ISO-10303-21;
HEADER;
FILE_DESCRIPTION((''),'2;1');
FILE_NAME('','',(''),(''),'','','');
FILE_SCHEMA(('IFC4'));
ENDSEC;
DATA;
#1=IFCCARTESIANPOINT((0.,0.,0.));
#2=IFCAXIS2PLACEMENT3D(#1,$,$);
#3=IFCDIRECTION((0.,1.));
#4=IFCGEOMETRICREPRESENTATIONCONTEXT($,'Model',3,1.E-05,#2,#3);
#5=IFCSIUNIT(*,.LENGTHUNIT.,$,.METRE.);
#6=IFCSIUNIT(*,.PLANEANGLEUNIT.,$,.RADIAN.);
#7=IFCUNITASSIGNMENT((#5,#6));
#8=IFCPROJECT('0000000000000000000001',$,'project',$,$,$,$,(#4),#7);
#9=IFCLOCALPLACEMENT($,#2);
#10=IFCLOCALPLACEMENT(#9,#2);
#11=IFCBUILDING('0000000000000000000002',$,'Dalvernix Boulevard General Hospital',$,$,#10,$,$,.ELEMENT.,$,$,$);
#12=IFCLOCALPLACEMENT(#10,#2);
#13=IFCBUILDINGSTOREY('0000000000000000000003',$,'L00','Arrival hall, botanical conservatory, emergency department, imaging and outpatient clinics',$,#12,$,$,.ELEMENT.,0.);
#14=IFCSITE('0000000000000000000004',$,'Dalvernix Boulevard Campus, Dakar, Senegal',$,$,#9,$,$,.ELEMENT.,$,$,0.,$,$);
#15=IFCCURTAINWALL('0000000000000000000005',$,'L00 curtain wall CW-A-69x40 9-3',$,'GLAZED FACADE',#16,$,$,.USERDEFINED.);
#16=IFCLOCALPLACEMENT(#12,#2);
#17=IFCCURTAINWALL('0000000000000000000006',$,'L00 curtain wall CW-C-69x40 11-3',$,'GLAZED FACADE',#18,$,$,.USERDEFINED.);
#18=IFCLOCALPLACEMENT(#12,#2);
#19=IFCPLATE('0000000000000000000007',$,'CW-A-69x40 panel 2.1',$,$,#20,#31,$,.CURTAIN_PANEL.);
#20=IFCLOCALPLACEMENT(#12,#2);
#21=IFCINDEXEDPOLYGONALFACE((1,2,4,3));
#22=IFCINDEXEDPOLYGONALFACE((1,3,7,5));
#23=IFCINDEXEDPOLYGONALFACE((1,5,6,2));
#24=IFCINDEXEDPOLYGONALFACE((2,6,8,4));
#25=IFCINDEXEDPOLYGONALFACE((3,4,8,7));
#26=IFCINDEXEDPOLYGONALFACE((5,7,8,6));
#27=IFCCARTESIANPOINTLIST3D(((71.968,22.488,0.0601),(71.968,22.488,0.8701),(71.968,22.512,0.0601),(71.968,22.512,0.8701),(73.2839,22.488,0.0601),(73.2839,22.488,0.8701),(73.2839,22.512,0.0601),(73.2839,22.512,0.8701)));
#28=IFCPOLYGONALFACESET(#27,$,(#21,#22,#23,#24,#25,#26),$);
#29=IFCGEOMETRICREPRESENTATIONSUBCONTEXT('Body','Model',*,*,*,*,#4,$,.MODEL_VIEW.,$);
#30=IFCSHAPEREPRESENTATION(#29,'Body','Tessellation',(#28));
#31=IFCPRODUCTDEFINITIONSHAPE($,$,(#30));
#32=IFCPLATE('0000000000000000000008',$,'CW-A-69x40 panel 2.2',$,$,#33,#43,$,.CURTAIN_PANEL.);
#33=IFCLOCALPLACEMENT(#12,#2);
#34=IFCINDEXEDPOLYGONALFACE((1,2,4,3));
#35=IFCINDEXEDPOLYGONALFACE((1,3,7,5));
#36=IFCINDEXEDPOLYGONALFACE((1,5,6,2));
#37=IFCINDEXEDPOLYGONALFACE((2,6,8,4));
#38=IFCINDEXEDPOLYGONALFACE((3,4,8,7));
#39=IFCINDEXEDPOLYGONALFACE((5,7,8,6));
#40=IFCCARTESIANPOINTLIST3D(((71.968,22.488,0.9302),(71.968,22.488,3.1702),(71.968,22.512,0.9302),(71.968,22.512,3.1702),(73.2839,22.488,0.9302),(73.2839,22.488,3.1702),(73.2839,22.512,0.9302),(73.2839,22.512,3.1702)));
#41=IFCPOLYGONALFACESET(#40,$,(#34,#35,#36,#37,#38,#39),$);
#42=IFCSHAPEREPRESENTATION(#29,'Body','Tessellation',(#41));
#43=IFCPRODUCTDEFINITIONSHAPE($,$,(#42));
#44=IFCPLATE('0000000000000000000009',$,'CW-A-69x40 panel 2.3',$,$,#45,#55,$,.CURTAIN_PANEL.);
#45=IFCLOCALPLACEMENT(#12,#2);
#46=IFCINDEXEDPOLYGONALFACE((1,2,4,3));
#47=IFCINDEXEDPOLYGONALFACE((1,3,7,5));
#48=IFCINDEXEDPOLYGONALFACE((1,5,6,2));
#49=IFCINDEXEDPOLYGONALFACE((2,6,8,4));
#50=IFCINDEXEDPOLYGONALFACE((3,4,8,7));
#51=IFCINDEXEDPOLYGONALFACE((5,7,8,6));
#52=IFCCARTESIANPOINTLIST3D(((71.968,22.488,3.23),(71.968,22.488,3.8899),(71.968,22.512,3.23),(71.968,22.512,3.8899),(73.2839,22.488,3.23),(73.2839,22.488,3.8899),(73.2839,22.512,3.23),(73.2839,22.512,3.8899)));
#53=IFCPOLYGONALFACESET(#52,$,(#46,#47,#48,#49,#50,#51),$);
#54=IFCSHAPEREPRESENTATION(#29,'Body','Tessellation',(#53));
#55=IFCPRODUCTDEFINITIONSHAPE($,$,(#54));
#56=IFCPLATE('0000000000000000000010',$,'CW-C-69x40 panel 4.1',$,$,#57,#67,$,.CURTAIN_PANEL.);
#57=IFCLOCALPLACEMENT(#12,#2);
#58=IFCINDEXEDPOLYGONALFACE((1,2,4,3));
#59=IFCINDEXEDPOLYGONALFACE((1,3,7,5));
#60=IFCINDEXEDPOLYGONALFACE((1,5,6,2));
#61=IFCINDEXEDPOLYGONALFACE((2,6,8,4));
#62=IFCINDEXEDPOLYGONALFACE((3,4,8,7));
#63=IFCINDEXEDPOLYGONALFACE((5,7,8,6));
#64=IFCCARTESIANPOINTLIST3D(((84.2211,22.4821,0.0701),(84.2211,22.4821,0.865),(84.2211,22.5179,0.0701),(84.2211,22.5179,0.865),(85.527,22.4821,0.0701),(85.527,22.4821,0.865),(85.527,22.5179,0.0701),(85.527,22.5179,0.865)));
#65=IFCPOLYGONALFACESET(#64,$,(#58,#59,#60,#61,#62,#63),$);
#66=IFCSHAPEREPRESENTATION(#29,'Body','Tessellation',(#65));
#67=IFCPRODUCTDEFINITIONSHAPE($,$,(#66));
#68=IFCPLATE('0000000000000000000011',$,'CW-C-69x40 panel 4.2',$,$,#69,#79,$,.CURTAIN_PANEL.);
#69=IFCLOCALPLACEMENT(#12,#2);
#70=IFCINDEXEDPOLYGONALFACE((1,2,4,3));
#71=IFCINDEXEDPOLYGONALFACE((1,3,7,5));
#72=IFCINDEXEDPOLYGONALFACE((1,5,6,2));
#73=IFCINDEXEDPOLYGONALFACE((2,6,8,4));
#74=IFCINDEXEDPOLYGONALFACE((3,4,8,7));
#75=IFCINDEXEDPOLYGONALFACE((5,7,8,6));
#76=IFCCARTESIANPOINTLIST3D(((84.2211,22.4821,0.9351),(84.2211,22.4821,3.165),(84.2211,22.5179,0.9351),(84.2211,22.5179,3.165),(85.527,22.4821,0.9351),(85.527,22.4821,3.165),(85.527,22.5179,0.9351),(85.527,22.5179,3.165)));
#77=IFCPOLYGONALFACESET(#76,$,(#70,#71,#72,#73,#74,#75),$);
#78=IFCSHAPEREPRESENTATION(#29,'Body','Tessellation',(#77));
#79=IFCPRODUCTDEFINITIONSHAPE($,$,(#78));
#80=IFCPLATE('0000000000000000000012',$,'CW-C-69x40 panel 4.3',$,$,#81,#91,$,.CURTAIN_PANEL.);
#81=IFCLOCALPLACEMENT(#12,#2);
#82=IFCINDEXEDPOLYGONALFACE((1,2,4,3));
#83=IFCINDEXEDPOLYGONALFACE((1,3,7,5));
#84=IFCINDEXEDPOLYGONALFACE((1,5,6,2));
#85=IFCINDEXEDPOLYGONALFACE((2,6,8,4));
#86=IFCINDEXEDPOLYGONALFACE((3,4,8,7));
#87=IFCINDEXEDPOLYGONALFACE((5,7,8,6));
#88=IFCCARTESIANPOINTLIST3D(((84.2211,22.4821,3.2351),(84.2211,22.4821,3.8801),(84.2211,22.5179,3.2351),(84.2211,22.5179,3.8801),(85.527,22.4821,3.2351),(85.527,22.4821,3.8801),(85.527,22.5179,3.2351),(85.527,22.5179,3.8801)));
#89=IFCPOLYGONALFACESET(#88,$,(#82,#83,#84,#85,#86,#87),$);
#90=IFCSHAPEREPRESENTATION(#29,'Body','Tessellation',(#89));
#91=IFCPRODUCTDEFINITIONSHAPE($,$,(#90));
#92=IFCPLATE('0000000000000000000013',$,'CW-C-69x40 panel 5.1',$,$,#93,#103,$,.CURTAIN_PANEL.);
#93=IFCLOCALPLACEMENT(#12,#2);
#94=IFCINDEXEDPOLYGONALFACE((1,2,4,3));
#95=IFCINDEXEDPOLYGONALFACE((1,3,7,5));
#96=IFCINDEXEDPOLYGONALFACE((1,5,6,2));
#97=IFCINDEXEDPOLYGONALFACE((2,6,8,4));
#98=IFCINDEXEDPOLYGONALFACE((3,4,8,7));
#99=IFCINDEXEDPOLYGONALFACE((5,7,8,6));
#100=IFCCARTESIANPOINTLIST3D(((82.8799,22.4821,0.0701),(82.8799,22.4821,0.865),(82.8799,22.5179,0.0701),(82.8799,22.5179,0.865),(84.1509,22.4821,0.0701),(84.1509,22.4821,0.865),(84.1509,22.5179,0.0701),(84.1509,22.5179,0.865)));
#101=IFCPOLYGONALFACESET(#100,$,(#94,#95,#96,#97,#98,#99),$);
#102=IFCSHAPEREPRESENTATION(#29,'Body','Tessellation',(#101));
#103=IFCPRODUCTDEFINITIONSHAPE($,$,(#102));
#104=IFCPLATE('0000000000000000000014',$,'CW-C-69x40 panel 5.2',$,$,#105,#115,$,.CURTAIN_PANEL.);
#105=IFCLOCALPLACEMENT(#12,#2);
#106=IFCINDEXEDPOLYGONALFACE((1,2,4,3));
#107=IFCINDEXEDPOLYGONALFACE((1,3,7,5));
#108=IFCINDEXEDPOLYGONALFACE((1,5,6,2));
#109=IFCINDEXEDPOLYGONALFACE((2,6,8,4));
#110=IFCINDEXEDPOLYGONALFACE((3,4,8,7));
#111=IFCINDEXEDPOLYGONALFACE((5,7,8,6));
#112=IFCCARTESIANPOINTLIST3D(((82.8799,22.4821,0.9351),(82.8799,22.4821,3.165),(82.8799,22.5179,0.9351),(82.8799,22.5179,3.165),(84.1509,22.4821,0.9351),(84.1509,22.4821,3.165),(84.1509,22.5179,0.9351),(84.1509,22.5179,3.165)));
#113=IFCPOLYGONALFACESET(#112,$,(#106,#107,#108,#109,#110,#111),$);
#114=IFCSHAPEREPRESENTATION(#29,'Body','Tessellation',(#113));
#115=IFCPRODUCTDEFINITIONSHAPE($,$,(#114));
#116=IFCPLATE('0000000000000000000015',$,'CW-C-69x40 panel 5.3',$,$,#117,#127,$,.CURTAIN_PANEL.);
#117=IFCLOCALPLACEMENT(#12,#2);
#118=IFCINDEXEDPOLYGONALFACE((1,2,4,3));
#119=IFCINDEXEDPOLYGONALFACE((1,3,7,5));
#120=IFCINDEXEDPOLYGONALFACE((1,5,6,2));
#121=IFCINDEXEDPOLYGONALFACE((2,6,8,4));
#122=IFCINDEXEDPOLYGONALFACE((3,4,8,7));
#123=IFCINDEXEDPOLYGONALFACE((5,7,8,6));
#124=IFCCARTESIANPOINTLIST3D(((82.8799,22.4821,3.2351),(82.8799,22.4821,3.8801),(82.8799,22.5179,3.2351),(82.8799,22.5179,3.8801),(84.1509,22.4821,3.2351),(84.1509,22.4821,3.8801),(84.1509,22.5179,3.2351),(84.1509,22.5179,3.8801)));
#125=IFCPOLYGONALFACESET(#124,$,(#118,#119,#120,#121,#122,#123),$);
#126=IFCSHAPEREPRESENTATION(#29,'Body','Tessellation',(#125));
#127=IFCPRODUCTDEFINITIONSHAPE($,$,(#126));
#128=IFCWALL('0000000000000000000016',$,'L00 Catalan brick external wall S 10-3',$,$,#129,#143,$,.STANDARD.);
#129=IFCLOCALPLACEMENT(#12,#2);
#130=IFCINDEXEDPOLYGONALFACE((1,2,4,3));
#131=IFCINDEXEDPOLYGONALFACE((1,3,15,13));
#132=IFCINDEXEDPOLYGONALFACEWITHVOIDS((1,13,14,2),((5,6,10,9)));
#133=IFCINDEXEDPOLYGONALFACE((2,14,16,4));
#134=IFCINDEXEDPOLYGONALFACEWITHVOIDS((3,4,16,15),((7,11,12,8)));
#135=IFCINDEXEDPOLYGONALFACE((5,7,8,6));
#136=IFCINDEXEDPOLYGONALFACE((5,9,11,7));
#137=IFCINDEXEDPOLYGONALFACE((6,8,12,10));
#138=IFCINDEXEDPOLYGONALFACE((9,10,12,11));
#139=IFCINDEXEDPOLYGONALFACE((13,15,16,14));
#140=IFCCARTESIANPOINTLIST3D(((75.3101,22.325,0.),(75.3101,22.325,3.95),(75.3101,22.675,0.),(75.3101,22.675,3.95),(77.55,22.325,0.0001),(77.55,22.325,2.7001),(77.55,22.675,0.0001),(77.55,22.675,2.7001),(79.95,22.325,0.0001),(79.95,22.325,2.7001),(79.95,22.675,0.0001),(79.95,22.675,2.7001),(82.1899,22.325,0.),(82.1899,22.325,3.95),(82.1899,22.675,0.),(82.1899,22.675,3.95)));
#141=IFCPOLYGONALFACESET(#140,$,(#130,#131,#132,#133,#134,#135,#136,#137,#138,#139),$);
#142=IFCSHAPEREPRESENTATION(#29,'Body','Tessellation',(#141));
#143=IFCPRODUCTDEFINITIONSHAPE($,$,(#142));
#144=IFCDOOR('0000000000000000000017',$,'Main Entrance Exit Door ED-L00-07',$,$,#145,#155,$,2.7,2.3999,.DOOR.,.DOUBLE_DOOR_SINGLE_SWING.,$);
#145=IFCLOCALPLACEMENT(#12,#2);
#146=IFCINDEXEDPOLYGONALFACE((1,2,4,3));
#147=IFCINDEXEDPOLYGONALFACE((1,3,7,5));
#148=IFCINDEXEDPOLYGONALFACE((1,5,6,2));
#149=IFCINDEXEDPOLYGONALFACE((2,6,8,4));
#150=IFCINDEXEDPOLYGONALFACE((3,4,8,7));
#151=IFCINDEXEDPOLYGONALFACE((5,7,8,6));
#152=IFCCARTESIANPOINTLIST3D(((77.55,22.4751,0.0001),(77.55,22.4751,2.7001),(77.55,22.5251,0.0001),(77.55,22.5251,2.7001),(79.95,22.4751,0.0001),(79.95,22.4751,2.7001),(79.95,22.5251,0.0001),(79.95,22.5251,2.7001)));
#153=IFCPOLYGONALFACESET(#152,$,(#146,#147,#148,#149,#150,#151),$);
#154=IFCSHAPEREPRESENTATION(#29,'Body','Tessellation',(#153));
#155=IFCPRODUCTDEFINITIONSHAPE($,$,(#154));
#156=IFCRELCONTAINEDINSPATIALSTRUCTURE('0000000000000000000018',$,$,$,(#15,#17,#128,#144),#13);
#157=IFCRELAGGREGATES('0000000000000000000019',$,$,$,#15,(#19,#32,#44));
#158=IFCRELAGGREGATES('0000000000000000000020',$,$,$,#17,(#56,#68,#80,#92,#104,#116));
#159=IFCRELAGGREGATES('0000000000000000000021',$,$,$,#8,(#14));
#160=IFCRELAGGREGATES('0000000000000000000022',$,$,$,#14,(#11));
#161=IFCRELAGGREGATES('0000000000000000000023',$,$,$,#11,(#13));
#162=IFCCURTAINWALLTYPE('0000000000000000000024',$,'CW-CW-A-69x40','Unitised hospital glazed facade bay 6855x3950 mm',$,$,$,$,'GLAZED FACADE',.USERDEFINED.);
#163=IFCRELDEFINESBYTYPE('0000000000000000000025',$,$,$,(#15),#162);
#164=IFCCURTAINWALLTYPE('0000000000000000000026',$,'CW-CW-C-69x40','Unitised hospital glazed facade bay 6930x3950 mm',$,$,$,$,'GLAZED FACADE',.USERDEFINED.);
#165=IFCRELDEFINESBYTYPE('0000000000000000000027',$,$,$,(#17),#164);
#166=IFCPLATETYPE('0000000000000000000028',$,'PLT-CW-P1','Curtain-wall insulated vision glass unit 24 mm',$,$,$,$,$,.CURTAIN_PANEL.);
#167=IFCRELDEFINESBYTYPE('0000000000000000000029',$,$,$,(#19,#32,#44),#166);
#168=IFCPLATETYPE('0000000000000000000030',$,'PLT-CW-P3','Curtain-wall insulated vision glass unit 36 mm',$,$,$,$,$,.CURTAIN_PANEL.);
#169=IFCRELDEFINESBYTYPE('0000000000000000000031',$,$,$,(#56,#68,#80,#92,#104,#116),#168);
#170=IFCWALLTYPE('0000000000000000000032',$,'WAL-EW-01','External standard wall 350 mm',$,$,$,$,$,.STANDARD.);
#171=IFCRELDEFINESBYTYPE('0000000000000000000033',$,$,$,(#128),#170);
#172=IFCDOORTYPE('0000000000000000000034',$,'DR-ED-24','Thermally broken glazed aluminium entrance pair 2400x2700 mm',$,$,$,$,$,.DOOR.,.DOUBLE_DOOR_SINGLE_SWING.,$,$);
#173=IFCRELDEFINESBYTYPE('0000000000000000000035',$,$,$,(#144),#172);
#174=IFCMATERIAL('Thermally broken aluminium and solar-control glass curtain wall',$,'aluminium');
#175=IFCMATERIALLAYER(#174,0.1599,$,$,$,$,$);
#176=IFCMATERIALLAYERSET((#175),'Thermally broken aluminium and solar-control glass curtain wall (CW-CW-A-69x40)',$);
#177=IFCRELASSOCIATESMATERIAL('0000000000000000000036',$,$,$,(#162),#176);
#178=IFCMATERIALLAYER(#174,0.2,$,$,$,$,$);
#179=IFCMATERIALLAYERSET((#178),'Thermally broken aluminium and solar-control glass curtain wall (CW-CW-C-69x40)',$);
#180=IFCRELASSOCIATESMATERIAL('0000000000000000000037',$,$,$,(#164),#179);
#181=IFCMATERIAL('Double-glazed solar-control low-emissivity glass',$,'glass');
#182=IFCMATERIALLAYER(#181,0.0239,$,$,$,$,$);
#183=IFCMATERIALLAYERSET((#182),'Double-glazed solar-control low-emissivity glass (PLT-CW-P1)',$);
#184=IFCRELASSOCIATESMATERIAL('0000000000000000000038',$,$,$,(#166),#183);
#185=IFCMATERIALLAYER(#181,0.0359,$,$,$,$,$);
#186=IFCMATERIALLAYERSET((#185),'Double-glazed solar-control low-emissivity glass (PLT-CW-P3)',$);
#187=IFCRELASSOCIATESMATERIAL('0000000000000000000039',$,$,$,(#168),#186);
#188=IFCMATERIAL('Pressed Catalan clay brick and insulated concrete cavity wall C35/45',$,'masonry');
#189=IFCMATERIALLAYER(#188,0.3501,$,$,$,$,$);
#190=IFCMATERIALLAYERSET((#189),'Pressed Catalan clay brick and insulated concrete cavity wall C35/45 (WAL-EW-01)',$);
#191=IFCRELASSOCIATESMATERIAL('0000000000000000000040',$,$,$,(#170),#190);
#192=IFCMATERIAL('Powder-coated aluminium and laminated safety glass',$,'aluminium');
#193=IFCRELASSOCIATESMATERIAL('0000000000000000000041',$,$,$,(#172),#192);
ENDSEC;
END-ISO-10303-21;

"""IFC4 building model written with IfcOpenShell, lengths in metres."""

from ifc_helpers import new_model, si_unit, direction, frame, frame_2d, origin, origin_2d, place, context, subcontext, project, spatial, rectangle, extrude, material, layer, layer_set, type_object, element, fill, aggregate, save


model = new_model("IFC4")

# Units and contexts
model_context = context("Model", 3, precision=1e-05, world=origin(), true_north=direction((0.0, 1.0)))
body_context = subcontext(model_context, "Body", "Model", "MODEL_VIEW")
ifc_project = project(units=[si_unit("LENGTHUNIT", "METRE"), si_unit("PLANEANGLEUNIT", "RADIAN")], contexts=[model_context])

# Site, building, storey
site_placement = place(None, origin())
site = spatial("IfcSite", under=ifc_project, at=site_placement, Name="Dalvernix Boulevard Campus, Dakar, Senegal", CompositionType="ELEMENT", RefElevation=0.0)
building_placement = place(site_placement, origin())
building = spatial("IfcBuilding", under=site, at=building_placement, Name="Dalvernix Boulevard General Hospital", CompositionType="ELEMENT")
storey_placement = place(building_placement, origin())
storey = spatial("IfcBuildingStorey", under=building, at=storey_placement, Name="L00", Description="Arrival hall, botanical conservatory, emergency department, imaging and outpatient clinics", CompositionType="ELEMENT", Elevation=0.0)

# Curtain walls
ifc_material_1 = material(Name="Thermally broken aluminium and solar-control glass curtain wall", Category="aluminium")
ifc_layer_1 = layer(ifc_material_1, 0.1599)
ifc_layer_set_1 = layer_set([ifc_layer_1], Name="Thermally broken aluminium and solar-control glass curtain wall (CW-CW-A-69x40)")
curtain_wall_type_1 = type_object("IfcCurtainWallType", Name="CW-CW-A-69x40", Description="Unitised hospital glazed facade bay 6855x3950 mm", ElementType="GLAZED FACADE", PredefinedType="USERDEFINED", material=ifc_layer_set_1)
curtain_wall_1_placement = place(storey_placement, origin())
curtain_wall_1 = element("IfcCurtainWall", 1, at=curtain_wall_1_placement, inside=storey, type_object=curtain_wall_type_1, Name="L00 curtain wall CW-A-69x40 9-3", ObjectType="GLAZED FACADE", PredefinedType="USERDEFINED")
ifc_layer_2 = layer(ifc_material_1, 0.2)
ifc_layer_set_2 = layer_set([ifc_layer_2], Name="Thermally broken aluminium and solar-control glass curtain wall (CW-CW-C-69x40)")
curtain_wall_type_2 = type_object("IfcCurtainWallType", Name="CW-CW-C-69x40", Description="Unitised hospital glazed facade bay 6930x3950 mm", ElementType="GLAZED FACADE", PredefinedType="USERDEFINED", material=ifc_layer_set_2)
curtain_wall_2_placement = place(storey_placement, origin())
curtain_wall_2 = element("IfcCurtainWall", 2, at=curtain_wall_2_placement, inside=storey, type_object=curtain_wall_type_2, Name="L00 curtain wall CW-C-69x40 11-3", ObjectType="GLAZED FACADE", PredefinedType="USERDEFINED")

# Plates
ifc_material_2 = material(Name="Double-glazed solar-control low-emissivity glass", Category="glass")
ifc_layer_3 = layer(ifc_material_2, 0.0239)
ifc_layer_set_3 = layer_set([ifc_layer_3], Name="Double-glazed solar-control low-emissivity glass (PLT-CW-P1)")
plate_type_1 = type_object("IfcPlateType", Name="PLT-CW-P1", Description="Curtain-wall insulated vision glass unit 24 mm", PredefinedType="CURTAIN_PANEL", material=ifc_layer_set_3)
plate_1_placement = place(storey_placement, frame((72.626, 22.5, 0.0601), z_axis=(0.0, 0.0, 1.0), x_axis=(-1.0, 0.0, 0.0)))
plate_1 = element("IfcPlate", 3, at=plate_1_placement, type_object=plate_type_1, Name="CW-A-69x40 panel 2.1", PredefinedType="CURTAIN_PANEL", context=body_context, shape_type="SweptSolid", body=[
    extrude(rectangle(XDim=1.3159, YDim=0.0239, at=origin_2d()), origin(), (0.0, 0.0, 1.0), 0.8101),
])
plate_2_placement = place(storey_placement, frame((72.626, 22.5, 0.9302), z_axis=(0.0, 0.0, 1.0), x_axis=(-1.0, 0.0, 0.0)))
plate_2 = element("IfcPlate", 4, at=plate_2_placement, type_object=plate_type_1, Name="CW-A-69x40 panel 2.2", PredefinedType="CURTAIN_PANEL", context=body_context, shape_type="SweptSolid", body=[
    extrude(rectangle(XDim=1.3159, YDim=0.0239, at=origin_2d()), origin(), (0.0, 0.0, 1.0), 2.24),
])
plate_3_placement = place(storey_placement, frame((72.626, 22.5, 3.23), z_axis=(0.0, 0.0, 1.0), x_axis=(-1.0, 0.0, 0.0)))
plate_3 = element("IfcPlate", 5, at=plate_3_placement, type_object=plate_type_1, Name="CW-A-69x40 panel 2.3", PredefinedType="CURTAIN_PANEL", context=body_context, shape_type="SweptSolid", body=[
    extrude(rectangle(XDim=1.3159, YDim=0.0239, at=origin_2d()), origin(), (0.0, 0.0, 1.0), 0.6599),
])
aggregate(curtain_wall_1, [plate_1, plate_2, plate_3])
ifc_layer_4 = layer(ifc_material_2, 0.0359)
ifc_layer_set_4 = layer_set([ifc_layer_4], Name="Double-glazed solar-control low-emissivity glass (PLT-CW-P3)")
plate_type_2 = type_object("IfcPlateType", Name="PLT-CW-P3", Description="Curtain-wall insulated vision glass unit 36 mm", PredefinedType="CURTAIN_PANEL", material=ifc_layer_set_4)
plate_4_placement = place(storey_placement, frame((84.874, 22.5, 0.0701), z_axis=(0.0, 0.0, 1.0), x_axis=(-1.0, 0.0, 0.0)))
plate_4 = element("IfcPlate", 6, at=plate_4_placement, type_object=plate_type_2, Name="CW-C-69x40 panel 4.1", PredefinedType="CURTAIN_PANEL", context=body_context, shape_type="SweptSolid", body=[
    extrude(rectangle(XDim=1.3059, YDim=0.0359, at=origin_2d()), origin(), (0.0, 0.0, 1.0), 0.7949),
])
plate_5_placement = place(storey_placement, frame((84.874, 22.5, 0.9351), z_axis=(0.0, 0.0, 1.0), x_axis=(-1.0, 0.0, 0.0)))
plate_5 = element("IfcPlate", 7, at=plate_5_placement, type_object=plate_type_2, Name="CW-C-69x40 panel 4.2", PredefinedType="CURTAIN_PANEL", context=body_context, shape_type="SweptSolid", body=[
    extrude(rectangle(XDim=1.3059, YDim=0.0359, at=origin_2d()), origin(), (0.0, 0.0, 1.0), 2.23),
])
plate_6_placement = place(storey_placement, frame((84.874, 22.5, 3.2351), z_axis=(0.0, 0.0, 1.0), x_axis=(-1.0, 0.0, 0.0)))
plate_6 = element("IfcPlate", 8, at=plate_6_placement, type_object=plate_type_2, Name="CW-C-69x40 panel 4.3", PredefinedType="CURTAIN_PANEL", context=body_context, shape_type="SweptSolid", body=[
    extrude(rectangle(XDim=1.3059, YDim=0.0359, at=origin_2d()), origin(), (0.0, 0.0, 1.0), 0.645),
])
plate_7_placement = place(storey_placement, frame((83.5154, 22.5, 0.0701), z_axis=(0.0, 0.0, 1.0), x_axis=(-1.0, 0.0, 0.0)))
plate_7 = element("IfcPlate", 9, at=plate_7_placement, type_object=plate_type_2, Name="CW-C-69x40 panel 5.1", PredefinedType="CURTAIN_PANEL", context=body_context, shape_type="SweptSolid", body=[
    extrude(rectangle(XDim=1.271, YDim=0.0359, at=origin_2d()), origin(), (0.0, 0.0, 1.0), 0.7949),
])
plate_8_placement = place(storey_placement, frame((83.5154, 22.5, 0.9351), z_axis=(0.0, 0.0, 1.0), x_axis=(-1.0, 0.0, 0.0)))
plate_8 = element("IfcPlate", 10, at=plate_8_placement, type_object=plate_type_2, Name="CW-C-69x40 panel 5.2", PredefinedType="CURTAIN_PANEL", context=body_context, shape_type="SweptSolid", body=[
    extrude(rectangle(XDim=1.271, YDim=0.0359, at=origin_2d()), origin(), (0.0, 0.0, 1.0), 2.23),
])
plate_9_placement = place(storey_placement, frame((83.5154, 22.5, 3.2351), z_axis=(0.0, 0.0, 1.0), x_axis=(-1.0, 0.0, 0.0)))
plate_9 = element("IfcPlate", 11, at=plate_9_placement, type_object=plate_type_2, Name="CW-C-69x40 panel 5.3", PredefinedType="CURTAIN_PANEL", context=body_context, shape_type="SweptSolid", body=[
    extrude(rectangle(XDim=1.271, YDim=0.0359, at=origin_2d()), origin(), (0.0, 0.0, 1.0), 0.645),
])
aggregate(curtain_wall_2, [plate_4, plate_5, plate_6, plate_7, plate_8, plate_9])

# Wall, opening, door
ifc_material_3 = material(Name="Pressed Catalan clay brick and insulated concrete cavity wall C35/45", Category="masonry")
ifc_layer_5 = layer(ifc_material_3, 0.3501)
ifc_layer_set_5 = layer_set([ifc_layer_5], Name="Pressed Catalan clay brick and insulated concrete cavity wall C35/45 (WAL-EW-01)")
wall_type = type_object("IfcWallType", Name="WAL-EW-01", Description="External standard wall 350 mm", PredefinedType="STANDARD", material=ifc_layer_set_5)
wall_placement = place(storey_placement, frame((82.1899, 22.5, 0.0), z_axis=(0.0, 0.0, 1.0), x_axis=(-1.0, 0.0, 0.0)))
wall = element("IfcWall", 12, at=wall_placement, inside=storey, type_object=wall_type, Name="L00 Catalan brick external wall S 10-3", PredefinedType="STANDARD", context=body_context, shape_type="SweptSolid", body=[
    extrude(rectangle(XDim=6.8799, YDim=0.3501, at=frame_2d((3.4399, 0.0))), origin(), (0.0, 0.0, 1.0), 3.95),
])
opening_placement = place(wall_placement, frame((2.24, 0.0, 0.0)))
opening = element("IfcOpeningElement", 13, at=opening_placement, cuts=wall, PredefinedType="OPENING", context=body_context, shape_type="SweptSolid", body=[
    extrude(rectangle(XDim=2.3999, YDim=2.7, at=frame_2d((1.2, 1.3501))), frame((0.0, 0.1851, 0.0), z_axis=(0.0, -1.0, 0.0), x_axis=(1.0, 0.0, 0.0)), (0.0, 0.0, 1.0), 0.3701),
])
ifc_material_4 = material(Name="Powder-coated aluminium and laminated safety glass", Category="aluminium")
door_type = type_object("IfcDoorType", Name="DR-ED-24", Description="Thermally broken glazed aluminium entrance pair 2400x2700 mm", OperationType="DOUBLE_DOOR_SINGLE_SWING", PredefinedType="DOOR", material=ifc_material_4)
door_placement = place(opening_placement, origin())
door = element("IfcDoor", 14, at=door_placement, inside=storey, type_object=door_type, Name="Main Entrance Exit Door ED-L00-07", OperationType="DOUBLE_DOOR_SINGLE_SWING", OverallHeight=2.7, OverallWidth=2.3999, PredefinedType="DOOR", context=body_context, shape_type="SweptSolid", body=[
    extrude(rectangle(XDim=2.3999, YDim=2.7, at=frame_2d((1.2, 1.3501))), frame((0.0, 0.0249, 0.0), z_axis=(0.0, -1.0, 0.0), x_axis=(1.0, 0.0, 0.0)), (0.0, 0.0, 1.0), 0.05),
])
fill(opening, door)

save(model, "model.ifc")
